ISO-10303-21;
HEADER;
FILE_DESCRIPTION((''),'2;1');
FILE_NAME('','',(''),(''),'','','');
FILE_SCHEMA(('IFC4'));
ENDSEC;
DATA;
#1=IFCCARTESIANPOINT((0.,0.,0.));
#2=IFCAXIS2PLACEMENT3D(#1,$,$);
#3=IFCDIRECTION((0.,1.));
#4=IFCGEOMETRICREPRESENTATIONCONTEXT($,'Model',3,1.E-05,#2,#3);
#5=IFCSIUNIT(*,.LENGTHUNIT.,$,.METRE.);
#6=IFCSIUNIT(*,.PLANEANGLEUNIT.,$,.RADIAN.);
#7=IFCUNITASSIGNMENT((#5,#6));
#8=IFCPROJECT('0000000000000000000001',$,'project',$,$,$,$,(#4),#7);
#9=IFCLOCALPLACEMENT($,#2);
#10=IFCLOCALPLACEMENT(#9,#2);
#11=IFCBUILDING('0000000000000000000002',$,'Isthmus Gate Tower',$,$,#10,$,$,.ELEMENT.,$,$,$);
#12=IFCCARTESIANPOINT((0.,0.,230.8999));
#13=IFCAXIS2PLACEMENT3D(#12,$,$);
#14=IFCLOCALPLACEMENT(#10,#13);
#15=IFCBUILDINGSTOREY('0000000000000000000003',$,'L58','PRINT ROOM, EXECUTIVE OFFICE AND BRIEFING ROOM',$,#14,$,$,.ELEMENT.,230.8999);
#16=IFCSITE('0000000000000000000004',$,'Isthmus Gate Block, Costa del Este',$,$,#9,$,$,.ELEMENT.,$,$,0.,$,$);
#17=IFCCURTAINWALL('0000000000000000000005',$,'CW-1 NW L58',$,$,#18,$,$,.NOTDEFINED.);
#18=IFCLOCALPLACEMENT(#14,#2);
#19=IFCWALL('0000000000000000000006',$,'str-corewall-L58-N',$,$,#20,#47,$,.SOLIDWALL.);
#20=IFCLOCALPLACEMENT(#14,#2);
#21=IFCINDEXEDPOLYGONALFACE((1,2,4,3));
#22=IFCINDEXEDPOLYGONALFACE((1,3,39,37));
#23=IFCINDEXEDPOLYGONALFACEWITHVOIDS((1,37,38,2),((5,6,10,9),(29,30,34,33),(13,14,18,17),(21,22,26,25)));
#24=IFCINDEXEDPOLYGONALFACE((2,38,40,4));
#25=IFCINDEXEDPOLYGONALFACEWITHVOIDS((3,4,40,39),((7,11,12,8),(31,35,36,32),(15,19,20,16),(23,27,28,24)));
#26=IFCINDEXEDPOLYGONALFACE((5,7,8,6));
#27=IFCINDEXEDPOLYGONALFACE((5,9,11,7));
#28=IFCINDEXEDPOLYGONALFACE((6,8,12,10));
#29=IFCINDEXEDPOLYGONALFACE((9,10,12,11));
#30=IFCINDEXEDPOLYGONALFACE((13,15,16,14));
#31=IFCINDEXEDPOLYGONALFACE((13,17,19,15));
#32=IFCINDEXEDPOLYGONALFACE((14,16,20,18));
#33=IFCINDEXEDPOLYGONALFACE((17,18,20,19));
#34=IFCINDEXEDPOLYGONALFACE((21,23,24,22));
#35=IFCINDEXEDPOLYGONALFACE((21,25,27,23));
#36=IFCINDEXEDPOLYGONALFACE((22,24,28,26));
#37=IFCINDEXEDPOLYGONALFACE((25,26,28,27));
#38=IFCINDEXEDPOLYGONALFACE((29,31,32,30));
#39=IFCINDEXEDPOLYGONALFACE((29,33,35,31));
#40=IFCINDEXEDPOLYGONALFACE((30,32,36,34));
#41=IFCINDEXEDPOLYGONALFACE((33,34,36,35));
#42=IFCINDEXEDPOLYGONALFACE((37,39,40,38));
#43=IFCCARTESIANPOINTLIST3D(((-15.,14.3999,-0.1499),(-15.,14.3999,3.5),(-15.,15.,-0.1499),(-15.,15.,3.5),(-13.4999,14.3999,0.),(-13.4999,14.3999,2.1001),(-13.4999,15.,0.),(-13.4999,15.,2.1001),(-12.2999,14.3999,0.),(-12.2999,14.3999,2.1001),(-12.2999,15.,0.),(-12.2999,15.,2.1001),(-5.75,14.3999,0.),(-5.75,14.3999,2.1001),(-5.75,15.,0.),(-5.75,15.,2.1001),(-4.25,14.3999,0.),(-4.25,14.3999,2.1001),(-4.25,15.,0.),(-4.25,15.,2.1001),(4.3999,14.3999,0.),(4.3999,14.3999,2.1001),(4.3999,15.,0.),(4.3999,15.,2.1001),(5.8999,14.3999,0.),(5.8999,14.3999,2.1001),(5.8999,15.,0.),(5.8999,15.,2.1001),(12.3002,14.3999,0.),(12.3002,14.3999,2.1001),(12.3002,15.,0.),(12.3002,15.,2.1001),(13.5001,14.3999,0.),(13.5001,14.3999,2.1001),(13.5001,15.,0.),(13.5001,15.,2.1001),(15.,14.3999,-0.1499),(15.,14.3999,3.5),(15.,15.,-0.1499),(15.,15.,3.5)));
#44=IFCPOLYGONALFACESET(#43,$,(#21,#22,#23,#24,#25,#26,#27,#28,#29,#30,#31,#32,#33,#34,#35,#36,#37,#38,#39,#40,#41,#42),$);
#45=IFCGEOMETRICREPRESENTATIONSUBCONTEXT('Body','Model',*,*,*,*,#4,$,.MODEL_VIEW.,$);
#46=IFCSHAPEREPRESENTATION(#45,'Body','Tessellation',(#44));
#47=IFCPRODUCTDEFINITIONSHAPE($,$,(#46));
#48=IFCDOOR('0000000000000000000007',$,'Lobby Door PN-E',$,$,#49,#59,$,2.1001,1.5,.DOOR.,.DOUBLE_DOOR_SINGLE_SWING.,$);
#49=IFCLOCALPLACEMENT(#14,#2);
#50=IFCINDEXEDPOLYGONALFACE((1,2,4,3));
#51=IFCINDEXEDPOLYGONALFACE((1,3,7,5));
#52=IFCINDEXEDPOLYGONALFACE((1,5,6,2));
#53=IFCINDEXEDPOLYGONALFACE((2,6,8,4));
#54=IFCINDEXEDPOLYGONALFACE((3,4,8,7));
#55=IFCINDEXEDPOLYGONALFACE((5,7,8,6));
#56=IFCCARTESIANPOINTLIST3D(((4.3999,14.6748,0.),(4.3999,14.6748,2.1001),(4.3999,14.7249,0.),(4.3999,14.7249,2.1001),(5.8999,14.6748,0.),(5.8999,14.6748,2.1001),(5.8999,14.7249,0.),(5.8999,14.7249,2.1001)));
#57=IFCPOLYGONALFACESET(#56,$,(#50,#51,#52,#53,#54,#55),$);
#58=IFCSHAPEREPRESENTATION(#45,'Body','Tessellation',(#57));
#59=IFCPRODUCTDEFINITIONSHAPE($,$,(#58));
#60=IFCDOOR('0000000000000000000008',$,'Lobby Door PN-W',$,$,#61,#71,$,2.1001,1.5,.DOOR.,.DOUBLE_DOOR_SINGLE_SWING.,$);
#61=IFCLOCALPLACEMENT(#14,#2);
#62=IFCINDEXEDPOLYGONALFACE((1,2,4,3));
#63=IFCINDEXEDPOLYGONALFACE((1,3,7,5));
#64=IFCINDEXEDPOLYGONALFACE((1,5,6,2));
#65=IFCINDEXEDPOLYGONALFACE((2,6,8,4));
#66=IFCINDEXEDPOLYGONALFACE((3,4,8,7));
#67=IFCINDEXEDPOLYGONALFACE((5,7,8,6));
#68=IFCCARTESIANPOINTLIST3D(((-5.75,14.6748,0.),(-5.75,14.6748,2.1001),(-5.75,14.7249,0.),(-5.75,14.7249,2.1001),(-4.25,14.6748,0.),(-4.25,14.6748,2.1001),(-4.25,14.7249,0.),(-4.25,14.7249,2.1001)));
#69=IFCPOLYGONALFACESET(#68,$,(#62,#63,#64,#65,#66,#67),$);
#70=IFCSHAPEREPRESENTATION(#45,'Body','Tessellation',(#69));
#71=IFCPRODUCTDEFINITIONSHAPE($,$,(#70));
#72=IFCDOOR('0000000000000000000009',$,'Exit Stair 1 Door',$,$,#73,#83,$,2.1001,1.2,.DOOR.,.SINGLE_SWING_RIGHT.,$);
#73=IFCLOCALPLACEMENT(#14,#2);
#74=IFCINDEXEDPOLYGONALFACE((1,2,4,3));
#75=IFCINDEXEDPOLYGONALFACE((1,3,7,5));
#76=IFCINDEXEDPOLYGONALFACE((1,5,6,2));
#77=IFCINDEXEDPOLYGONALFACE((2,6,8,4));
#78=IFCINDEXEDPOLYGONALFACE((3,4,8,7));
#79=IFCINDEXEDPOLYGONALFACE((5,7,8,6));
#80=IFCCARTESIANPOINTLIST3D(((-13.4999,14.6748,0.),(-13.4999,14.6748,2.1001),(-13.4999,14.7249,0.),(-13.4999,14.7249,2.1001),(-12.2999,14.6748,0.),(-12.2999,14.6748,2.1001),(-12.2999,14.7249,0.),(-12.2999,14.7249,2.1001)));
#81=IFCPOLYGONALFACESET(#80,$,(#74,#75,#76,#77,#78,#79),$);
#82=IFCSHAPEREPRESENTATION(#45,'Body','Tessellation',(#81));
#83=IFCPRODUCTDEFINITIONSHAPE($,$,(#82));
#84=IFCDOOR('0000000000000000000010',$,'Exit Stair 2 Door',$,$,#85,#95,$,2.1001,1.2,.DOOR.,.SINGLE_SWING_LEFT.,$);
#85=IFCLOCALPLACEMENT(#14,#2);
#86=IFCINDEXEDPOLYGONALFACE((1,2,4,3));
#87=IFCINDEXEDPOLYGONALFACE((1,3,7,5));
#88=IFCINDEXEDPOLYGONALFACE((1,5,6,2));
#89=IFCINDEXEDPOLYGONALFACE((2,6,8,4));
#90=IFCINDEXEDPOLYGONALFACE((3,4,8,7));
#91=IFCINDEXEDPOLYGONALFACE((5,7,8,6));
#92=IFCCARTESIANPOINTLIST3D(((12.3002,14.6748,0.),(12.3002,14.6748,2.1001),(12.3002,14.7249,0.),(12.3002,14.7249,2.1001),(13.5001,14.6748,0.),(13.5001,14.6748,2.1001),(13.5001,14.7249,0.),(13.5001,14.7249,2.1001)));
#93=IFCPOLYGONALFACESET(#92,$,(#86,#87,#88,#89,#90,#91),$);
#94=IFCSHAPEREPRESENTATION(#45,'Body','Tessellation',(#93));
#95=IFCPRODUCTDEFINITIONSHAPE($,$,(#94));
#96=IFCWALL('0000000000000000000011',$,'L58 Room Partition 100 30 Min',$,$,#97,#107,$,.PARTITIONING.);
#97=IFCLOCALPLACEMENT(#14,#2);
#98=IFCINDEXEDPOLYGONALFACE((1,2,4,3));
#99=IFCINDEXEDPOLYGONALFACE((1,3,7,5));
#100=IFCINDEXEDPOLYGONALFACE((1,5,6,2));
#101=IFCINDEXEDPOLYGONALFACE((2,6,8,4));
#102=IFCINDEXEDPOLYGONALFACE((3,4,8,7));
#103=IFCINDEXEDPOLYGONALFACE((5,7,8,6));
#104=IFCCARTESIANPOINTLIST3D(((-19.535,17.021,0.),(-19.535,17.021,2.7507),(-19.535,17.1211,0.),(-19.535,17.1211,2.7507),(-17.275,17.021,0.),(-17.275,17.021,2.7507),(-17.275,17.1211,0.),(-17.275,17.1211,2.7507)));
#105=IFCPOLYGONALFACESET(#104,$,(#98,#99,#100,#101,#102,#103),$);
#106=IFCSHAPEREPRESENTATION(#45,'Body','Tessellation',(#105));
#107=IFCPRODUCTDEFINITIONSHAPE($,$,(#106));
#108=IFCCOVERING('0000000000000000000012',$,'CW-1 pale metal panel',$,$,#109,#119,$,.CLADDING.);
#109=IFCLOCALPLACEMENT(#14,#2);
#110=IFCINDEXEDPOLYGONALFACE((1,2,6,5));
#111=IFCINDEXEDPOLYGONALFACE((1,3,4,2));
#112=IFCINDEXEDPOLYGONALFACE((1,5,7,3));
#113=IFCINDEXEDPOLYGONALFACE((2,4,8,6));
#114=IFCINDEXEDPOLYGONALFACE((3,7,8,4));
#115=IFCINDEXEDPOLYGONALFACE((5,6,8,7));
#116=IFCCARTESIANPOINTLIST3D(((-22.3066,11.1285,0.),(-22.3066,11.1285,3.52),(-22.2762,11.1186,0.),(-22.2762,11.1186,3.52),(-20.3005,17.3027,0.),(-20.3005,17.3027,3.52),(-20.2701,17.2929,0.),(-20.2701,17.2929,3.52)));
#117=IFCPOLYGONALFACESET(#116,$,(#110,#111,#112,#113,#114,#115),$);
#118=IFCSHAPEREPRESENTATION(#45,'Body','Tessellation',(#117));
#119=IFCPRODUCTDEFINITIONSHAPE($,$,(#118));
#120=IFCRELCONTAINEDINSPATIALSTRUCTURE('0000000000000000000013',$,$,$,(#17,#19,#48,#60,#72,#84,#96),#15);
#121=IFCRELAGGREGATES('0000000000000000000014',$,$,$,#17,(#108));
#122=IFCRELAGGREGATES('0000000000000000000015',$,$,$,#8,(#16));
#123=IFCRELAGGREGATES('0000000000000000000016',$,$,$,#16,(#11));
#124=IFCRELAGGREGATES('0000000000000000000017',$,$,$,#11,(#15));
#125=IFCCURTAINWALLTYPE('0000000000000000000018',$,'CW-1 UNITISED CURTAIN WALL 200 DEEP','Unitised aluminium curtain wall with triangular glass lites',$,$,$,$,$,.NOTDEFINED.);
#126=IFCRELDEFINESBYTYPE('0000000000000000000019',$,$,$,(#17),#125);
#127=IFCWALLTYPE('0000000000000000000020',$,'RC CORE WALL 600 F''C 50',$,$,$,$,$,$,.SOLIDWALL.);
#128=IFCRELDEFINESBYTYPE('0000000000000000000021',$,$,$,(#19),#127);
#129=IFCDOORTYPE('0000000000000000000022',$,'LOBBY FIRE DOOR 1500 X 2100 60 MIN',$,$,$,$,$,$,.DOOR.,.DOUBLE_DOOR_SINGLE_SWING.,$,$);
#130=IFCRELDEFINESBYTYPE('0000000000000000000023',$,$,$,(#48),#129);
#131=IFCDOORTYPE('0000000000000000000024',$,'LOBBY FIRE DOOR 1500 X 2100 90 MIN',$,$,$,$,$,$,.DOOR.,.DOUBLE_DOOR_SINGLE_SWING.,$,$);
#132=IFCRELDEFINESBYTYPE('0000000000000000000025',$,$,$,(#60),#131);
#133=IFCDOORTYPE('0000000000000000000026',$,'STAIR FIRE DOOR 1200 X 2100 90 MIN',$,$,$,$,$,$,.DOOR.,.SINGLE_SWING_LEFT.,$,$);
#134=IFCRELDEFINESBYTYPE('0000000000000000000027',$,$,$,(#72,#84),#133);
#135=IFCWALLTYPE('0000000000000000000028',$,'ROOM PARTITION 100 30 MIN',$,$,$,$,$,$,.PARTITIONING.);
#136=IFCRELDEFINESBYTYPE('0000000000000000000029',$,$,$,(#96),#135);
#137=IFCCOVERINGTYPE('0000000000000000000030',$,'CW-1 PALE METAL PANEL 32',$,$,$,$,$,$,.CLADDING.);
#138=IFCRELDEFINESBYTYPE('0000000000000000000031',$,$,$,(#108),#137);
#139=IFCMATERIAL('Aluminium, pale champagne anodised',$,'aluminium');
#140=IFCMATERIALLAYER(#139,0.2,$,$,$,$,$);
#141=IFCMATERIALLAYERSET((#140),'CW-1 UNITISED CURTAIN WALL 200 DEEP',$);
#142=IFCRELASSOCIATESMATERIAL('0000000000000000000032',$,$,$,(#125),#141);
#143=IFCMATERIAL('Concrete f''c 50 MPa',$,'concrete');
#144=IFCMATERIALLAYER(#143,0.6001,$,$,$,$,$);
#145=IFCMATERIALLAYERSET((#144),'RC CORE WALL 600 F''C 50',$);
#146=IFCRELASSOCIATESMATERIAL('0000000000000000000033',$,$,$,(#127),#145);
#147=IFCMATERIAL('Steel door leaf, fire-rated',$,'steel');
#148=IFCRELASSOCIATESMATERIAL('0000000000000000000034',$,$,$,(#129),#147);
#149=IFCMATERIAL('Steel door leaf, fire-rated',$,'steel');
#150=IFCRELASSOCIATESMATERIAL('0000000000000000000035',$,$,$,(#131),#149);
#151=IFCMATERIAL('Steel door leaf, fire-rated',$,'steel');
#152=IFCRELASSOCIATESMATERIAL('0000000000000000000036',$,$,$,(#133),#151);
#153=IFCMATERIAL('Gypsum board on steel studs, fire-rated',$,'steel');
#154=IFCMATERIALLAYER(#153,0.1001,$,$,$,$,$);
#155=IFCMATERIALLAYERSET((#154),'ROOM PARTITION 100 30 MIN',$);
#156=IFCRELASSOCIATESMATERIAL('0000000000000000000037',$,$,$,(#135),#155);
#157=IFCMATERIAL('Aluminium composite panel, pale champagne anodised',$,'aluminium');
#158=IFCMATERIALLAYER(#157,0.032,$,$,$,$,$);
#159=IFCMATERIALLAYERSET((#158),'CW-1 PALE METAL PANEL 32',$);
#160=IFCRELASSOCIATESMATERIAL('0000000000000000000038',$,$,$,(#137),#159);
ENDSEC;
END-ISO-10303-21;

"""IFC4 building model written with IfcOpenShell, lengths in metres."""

from ifc_helpers import new_model, si_unit, direction, frame, frame_2d, origin, origin_2d, place, context, subcontext, project, spatial, rectangle, extrude, material, layer, layer_set, type_object, element, fill, aggregate, save


model = new_model("IFC4")

# Units and contexts
model_context = context("Model", 3, precision=1e-05, world=origin(), true_north=direction((0.0, 1.0)))
body_context = subcontext(model_context, "Body", "Model", "MODEL_VIEW")
ifc_project = project(units=[si_unit("LENGTHUNIT", "METRE"), si_unit("PLANEANGLEUNIT", "RADIAN")], contexts=[model_context])

# Site, building, storey
site_placement = place(None, origin())
site = spatial("IfcSite", under=ifc_project, at=site_placement, Name="Isthmus Gate Block, Costa del Este", CompositionType="ELEMENT", RefElevation=0.0)
building_placement = place(site_placement, origin())
building = spatial("IfcBuilding", under=site, at=building_placement, Name="Isthmus Gate Tower", CompositionType="ELEMENT")
storey_placement = place(building_placement, frame((0.0, 0.0, 230.8999)))
storey = spatial("IfcBuildingStorey", under=building, at=storey_placement, Name="L58", Description="PRINT ROOM, EXECUTIVE OFFICE AND BRIEFING ROOM", CompositionType="ELEMENT", Elevation=230.8999)

# Curtain wall
ifc_material_1 = material(Name="Aluminium, pale champagne anodised", Category="aluminium")
ifc_layer_1 = layer(ifc_material_1, 0.2)
ifc_layer_set_1 = layer_set([ifc_layer_1], Name="CW-1 UNITISED CURTAIN WALL 200 DEEP")
curtain_wall_type = type_object("IfcCurtainWallType", Name="CW-1 UNITISED CURTAIN WALL 200 DEEP", Description="Unitised aluminium curtain wall with triangular glass lites", PredefinedType="NOTDEFINED", material=ifc_layer_set_1)
curtain_wall_1_placement = place(storey_placement, origin())
curtain_wall_1 = element("IfcCurtainWall", 1, at=curtain_wall_1_placement, inside=storey, type_object=curtain_wall_type, Name="CW-1 NW L58", PredefinedType="NOTDEFINED")

# Wall, openings, doors
ifc_material_2 = material(Name="Concrete f'c 50 MPa", Category="concrete")
ifc_layer_2 = layer(ifc_material_2, 0.6001)
ifc_layer_set_2 = layer_set([ifc_layer_2], Name="RC CORE WALL 600 F'C 50")
wall_type_1 = type_object("IfcWallType", Name="RC CORE WALL 600 F'C 50", PredefinedType="SOLIDWALL", material=ifc_layer_set_2)
wall_1_placement = place(storey_placement, frame((-15.0, 14.7, -0.1499), z_axis=(0.0, 0.0, 1.0), x_axis=(1.0, 0.0, 0.0)))
wall_1 = element("IfcWall", 2, at=wall_1_placement, inside=storey, type_object=wall_type_1, Name="str-corewall-L58-N", PredefinedType="SOLIDWALL", context=body_context, shape_type="SweptSolid", body=[
    extrude(rectangle(XDim=30.0, YDim=0.6001, at=frame_2d((15.0, 0.0))), origin(), (0.0, 0.0, 1.0), 3.6499),
])
opening_1_placement = place(wall_1_placement, frame((9.25, 0.0, 0.1499)))
opening_1 = element("IfcOpeningElement", 3, at=opening_1_placement, cuts=wall_1, PredefinedType="OPENING", context=body_context, shape_type="SweptSolid", body=[
    extrude(rectangle(XDim=1.5, YDim=2.1001, at=frame_2d((0.75, 1.05))), frame((0.0, 0.3101, 0.0), z_axis=(0.0, -1.0, 0.0), x_axis=(1.0, 0.0, 0.0)), (0.0, 0.0, 1.0), 0.6201),
])
opening_2_placement = place(wall_1_placement, frame((19.3999, 0.0, 0.1499)))
opening_2 = element("IfcOpeningElement", 4, at=opening_2_placement, cuts=wall_1, PredefinedType="OPENING", context=body_context, shape_type="SweptSolid", body=[
    extrude(rectangle(XDim=1.5, YDim=2.1001, at=frame_2d((0.75, 1.05))), frame((0.0, 0.3101, 0.0), z_axis=(0.0, -1.0, 0.0), x_axis=(1.0, 0.0, 0.0)), (0.0, 0.0, 1.0), 0.6201),
])
opening_3_placement = place(wall_1_placement, frame((1.5, 0.0, 0.1499)))
opening_3 = element("IfcOpeningElement", 5, at=opening_3_placement, cuts=wall_1, PredefinedType="OPENING", context=body_context, shape_type="SweptSolid", body=[
    extrude(rectangle(XDim=1.2, YDim=2.1001, at=frame_2d((0.6001, 1.05))), frame((0.0, 0.3101, 0.0), z_axis=(0.0, -1.0, 0.0), x_axis=(1.0, 0.0, 0.0)), (0.0, 0.0, 1.0), 0.6201),
])
opening_4_placement = place(wall_1_placement, frame((27.3, 0.0, 0.1499)))
opening_4 = element("IfcOpeningElement", 6, at=opening_4_placement, cuts=wall_1, PredefinedType="OPENING", context=body_context, shape_type="SweptSolid", body=[
    extrude(rectangle(XDim=1.2, YDim=2.1001, at=frame_2d((0.6001, 1.05))), frame((0.0, 0.3101, 0.0), z_axis=(0.0, -1.0, 0.0), x_axis=(1.0, 0.0, 0.0)), (0.0, 0.0, 1.0), 0.6201),
])
ifc_material_3 = material(Name="Steel door leaf, fire-rated", Category="steel")
door_type_1 = type_object("IfcDoorType", Name="LOBBY FIRE DOOR 1500 X 2100 60 MIN", OperationType="DOUBLE_DOOR_SINGLE_SWING", PredefinedType="DOOR", material=ifc_material_3)
door_1_placement = place(opening_2_placement, origin())
door_1 = element("IfcDoor", 7, at=door_1_placement, inside=storey, type_object=door_type_1, Name="Lobby Door PN-E", OperationType="DOUBLE_DOOR_SINGLE_SWING", OverallHeight=2.1001, OverallWidth=1.5, PredefinedType="DOOR", context=body_context, shape_type="SweptSolid", body=[
    extrude(rectangle(XDim=1.5, YDim=2.1001, at=frame_2d((0.75, 1.05))), frame((0.0, 0.0249, 0.0), z_axis=(0.0, -1.0, 0.0), x_axis=(1.0, 0.0, 0.0)), (0.0, 0.0, 1.0), 0.05),
])
fill(opening_2, door_1)
ifc_material_4 = material(Name="Steel door leaf, fire-rated", Category="steel")
door_type_2 = type_object("IfcDoorType", Name="LOBBY FIRE DOOR 1500 X 2100 90 MIN", OperationType="DOUBLE_DOOR_SINGLE_SWING", PredefinedType="DOOR", material=ifc_material_4)
door_2_placement = place(opening_1_placement, origin())
door_2 = element("IfcDoor", 8, at=door_2_placement, inside=storey, type_object=door_type_2, Name="Lobby Door PN-W", OperationType="DOUBLE_DOOR_SINGLE_SWING", OverallHeight=2.1001, OverallWidth=1.5, PredefinedType="DOOR", context=body_context, shape_type="SweptSolid", body=[
    extrude(rectangle(XDim=1.5, YDim=2.1001, at=frame_2d((0.75, 1.05))), frame((0.0, 0.0249, 0.0), z_axis=(0.0, -1.0, 0.0), x_axis=(1.0, 0.0, 0.0)), (0.0, 0.0, 1.0), 0.05),
])
fill(opening_1, door_2)
ifc_material_5 = material(Name="Steel door leaf, fire-rated", Category="steel")
door_type_3 = type_object("IfcDoorType", Name="STAIR FIRE DOOR 1200 X 2100 90 MIN", OperationType="SINGLE_SWING_LEFT", PredefinedType="DOOR", material=ifc_material_5)
door_3_placement = place(opening_3_placement, origin())
door_3 = element("IfcDoor", 9, at=door_3_placement, inside=storey, type_object=door_type_3, Name="Exit Stair 1 Door", OperationType="SINGLE_SWING_RIGHT", OverallHeight=2.1001, OverallWidth=1.2, PredefinedType="DOOR", context=body_context, shape_type="SweptSolid", body=[
    extrude(rectangle(XDim=1.2, YDim=2.1001, at=frame_2d((0.6001, 1.05))), frame((0.0, 0.0249, 0.0), z_axis=(0.0, -1.0, 0.0), x_axis=(1.0, 0.0, 0.0)), (0.0, 0.0, 1.0), 0.05),
])
fill(opening_3, door_3)
door_4_placement = place(opening_4_placement, origin())
door_4 = element("IfcDoor", 10, at=door_4_placement, inside=storey, type_object=door_type_3, Name="Exit Stair 2 Door", OperationType="SINGLE_SWING_LEFT", OverallHeight=2.1001, OverallWidth=1.2, PredefinedType="DOOR", context=body_context, shape_type="SweptSolid", body=[
    extrude(rectangle(XDim=1.2, YDim=2.1001, at=frame_2d((0.6001, 1.05))), frame((0.0, 0.0249, 0.0), z_axis=(0.0, -1.0, 0.0), x_axis=(1.0, 0.0, 0.0)), (0.0, 0.0, 1.0), 0.05),
])
fill(opening_4, door_4)

# Wall
ifc_material_6 = material(Name="Gypsum board on steel studs, fire-rated", Category="steel")
ifc_layer_3 = layer(ifc_material_6, 0.1001)
ifc_layer_set_3 = layer_set([ifc_layer_3], Name="ROOM PARTITION 100 30 MIN")
wall_type_2 = type_object("IfcWallType", Name="ROOM PARTITION 100 30 MIN", PredefinedType="PARTITIONING", material=ifc_layer_set_3)
wall_2_placement = place(storey_placement, frame((-19.5349, 17.071, 0.0), z_axis=(0.0, 0.0, 1.0), x_axis=(1.0, 0.0, 0.0)))
element("IfcWall", 11, at=wall_2_placement, inside=storey, type_object=wall_type_2, Name="L58 Room Partition 100 30 Min", PredefinedType="PARTITIONING", context=body_context, shape_type="SweptSolid", body=[
    extrude(rectangle(XDim=2.26, YDim=0.1001, at=frame_2d((1.1299, 0.0))), origin(), (0.0, 0.0, 1.0), 2.7507),
])

# Covering
ifc_material_7 = material(Name="Aluminium composite panel, pale champagne anodised", Category="aluminium")
ifc_layer_4 = layer(ifc_material_7, 0.032)
ifc_layer_set_4 = layer_set([ifc_layer_4], Name="CW-1 PALE METAL PANEL 32")
covering_type = type_object("IfcCoveringType", Name="CW-1 PALE METAL PANEL 32", PredefinedType="CLADDING", material=ifc_layer_set_4)
covering_placement = place(storey_placement, frame((-21.2883, 14.2107, 0.0), z_axis=(0.0, 0.0, 1.0), x_axis=(-0.309017, -0.951057, 0.0)))
covering = element("IfcCovering", 12, at=covering_placement, type_object=covering_type, Name="CW-1 pale metal panel", PredefinedType="CLADDING", context=body_context, shape_type="SweptSolid", body=[
    extrude(rectangle(XDim=6.4919, YDim=0.032, at=origin_2d()), origin(), (0.0, 0.0, 1.0), 3.52),
])
aggregate(curtain_wall_1, [covering])

save(model, "model.ifc")
